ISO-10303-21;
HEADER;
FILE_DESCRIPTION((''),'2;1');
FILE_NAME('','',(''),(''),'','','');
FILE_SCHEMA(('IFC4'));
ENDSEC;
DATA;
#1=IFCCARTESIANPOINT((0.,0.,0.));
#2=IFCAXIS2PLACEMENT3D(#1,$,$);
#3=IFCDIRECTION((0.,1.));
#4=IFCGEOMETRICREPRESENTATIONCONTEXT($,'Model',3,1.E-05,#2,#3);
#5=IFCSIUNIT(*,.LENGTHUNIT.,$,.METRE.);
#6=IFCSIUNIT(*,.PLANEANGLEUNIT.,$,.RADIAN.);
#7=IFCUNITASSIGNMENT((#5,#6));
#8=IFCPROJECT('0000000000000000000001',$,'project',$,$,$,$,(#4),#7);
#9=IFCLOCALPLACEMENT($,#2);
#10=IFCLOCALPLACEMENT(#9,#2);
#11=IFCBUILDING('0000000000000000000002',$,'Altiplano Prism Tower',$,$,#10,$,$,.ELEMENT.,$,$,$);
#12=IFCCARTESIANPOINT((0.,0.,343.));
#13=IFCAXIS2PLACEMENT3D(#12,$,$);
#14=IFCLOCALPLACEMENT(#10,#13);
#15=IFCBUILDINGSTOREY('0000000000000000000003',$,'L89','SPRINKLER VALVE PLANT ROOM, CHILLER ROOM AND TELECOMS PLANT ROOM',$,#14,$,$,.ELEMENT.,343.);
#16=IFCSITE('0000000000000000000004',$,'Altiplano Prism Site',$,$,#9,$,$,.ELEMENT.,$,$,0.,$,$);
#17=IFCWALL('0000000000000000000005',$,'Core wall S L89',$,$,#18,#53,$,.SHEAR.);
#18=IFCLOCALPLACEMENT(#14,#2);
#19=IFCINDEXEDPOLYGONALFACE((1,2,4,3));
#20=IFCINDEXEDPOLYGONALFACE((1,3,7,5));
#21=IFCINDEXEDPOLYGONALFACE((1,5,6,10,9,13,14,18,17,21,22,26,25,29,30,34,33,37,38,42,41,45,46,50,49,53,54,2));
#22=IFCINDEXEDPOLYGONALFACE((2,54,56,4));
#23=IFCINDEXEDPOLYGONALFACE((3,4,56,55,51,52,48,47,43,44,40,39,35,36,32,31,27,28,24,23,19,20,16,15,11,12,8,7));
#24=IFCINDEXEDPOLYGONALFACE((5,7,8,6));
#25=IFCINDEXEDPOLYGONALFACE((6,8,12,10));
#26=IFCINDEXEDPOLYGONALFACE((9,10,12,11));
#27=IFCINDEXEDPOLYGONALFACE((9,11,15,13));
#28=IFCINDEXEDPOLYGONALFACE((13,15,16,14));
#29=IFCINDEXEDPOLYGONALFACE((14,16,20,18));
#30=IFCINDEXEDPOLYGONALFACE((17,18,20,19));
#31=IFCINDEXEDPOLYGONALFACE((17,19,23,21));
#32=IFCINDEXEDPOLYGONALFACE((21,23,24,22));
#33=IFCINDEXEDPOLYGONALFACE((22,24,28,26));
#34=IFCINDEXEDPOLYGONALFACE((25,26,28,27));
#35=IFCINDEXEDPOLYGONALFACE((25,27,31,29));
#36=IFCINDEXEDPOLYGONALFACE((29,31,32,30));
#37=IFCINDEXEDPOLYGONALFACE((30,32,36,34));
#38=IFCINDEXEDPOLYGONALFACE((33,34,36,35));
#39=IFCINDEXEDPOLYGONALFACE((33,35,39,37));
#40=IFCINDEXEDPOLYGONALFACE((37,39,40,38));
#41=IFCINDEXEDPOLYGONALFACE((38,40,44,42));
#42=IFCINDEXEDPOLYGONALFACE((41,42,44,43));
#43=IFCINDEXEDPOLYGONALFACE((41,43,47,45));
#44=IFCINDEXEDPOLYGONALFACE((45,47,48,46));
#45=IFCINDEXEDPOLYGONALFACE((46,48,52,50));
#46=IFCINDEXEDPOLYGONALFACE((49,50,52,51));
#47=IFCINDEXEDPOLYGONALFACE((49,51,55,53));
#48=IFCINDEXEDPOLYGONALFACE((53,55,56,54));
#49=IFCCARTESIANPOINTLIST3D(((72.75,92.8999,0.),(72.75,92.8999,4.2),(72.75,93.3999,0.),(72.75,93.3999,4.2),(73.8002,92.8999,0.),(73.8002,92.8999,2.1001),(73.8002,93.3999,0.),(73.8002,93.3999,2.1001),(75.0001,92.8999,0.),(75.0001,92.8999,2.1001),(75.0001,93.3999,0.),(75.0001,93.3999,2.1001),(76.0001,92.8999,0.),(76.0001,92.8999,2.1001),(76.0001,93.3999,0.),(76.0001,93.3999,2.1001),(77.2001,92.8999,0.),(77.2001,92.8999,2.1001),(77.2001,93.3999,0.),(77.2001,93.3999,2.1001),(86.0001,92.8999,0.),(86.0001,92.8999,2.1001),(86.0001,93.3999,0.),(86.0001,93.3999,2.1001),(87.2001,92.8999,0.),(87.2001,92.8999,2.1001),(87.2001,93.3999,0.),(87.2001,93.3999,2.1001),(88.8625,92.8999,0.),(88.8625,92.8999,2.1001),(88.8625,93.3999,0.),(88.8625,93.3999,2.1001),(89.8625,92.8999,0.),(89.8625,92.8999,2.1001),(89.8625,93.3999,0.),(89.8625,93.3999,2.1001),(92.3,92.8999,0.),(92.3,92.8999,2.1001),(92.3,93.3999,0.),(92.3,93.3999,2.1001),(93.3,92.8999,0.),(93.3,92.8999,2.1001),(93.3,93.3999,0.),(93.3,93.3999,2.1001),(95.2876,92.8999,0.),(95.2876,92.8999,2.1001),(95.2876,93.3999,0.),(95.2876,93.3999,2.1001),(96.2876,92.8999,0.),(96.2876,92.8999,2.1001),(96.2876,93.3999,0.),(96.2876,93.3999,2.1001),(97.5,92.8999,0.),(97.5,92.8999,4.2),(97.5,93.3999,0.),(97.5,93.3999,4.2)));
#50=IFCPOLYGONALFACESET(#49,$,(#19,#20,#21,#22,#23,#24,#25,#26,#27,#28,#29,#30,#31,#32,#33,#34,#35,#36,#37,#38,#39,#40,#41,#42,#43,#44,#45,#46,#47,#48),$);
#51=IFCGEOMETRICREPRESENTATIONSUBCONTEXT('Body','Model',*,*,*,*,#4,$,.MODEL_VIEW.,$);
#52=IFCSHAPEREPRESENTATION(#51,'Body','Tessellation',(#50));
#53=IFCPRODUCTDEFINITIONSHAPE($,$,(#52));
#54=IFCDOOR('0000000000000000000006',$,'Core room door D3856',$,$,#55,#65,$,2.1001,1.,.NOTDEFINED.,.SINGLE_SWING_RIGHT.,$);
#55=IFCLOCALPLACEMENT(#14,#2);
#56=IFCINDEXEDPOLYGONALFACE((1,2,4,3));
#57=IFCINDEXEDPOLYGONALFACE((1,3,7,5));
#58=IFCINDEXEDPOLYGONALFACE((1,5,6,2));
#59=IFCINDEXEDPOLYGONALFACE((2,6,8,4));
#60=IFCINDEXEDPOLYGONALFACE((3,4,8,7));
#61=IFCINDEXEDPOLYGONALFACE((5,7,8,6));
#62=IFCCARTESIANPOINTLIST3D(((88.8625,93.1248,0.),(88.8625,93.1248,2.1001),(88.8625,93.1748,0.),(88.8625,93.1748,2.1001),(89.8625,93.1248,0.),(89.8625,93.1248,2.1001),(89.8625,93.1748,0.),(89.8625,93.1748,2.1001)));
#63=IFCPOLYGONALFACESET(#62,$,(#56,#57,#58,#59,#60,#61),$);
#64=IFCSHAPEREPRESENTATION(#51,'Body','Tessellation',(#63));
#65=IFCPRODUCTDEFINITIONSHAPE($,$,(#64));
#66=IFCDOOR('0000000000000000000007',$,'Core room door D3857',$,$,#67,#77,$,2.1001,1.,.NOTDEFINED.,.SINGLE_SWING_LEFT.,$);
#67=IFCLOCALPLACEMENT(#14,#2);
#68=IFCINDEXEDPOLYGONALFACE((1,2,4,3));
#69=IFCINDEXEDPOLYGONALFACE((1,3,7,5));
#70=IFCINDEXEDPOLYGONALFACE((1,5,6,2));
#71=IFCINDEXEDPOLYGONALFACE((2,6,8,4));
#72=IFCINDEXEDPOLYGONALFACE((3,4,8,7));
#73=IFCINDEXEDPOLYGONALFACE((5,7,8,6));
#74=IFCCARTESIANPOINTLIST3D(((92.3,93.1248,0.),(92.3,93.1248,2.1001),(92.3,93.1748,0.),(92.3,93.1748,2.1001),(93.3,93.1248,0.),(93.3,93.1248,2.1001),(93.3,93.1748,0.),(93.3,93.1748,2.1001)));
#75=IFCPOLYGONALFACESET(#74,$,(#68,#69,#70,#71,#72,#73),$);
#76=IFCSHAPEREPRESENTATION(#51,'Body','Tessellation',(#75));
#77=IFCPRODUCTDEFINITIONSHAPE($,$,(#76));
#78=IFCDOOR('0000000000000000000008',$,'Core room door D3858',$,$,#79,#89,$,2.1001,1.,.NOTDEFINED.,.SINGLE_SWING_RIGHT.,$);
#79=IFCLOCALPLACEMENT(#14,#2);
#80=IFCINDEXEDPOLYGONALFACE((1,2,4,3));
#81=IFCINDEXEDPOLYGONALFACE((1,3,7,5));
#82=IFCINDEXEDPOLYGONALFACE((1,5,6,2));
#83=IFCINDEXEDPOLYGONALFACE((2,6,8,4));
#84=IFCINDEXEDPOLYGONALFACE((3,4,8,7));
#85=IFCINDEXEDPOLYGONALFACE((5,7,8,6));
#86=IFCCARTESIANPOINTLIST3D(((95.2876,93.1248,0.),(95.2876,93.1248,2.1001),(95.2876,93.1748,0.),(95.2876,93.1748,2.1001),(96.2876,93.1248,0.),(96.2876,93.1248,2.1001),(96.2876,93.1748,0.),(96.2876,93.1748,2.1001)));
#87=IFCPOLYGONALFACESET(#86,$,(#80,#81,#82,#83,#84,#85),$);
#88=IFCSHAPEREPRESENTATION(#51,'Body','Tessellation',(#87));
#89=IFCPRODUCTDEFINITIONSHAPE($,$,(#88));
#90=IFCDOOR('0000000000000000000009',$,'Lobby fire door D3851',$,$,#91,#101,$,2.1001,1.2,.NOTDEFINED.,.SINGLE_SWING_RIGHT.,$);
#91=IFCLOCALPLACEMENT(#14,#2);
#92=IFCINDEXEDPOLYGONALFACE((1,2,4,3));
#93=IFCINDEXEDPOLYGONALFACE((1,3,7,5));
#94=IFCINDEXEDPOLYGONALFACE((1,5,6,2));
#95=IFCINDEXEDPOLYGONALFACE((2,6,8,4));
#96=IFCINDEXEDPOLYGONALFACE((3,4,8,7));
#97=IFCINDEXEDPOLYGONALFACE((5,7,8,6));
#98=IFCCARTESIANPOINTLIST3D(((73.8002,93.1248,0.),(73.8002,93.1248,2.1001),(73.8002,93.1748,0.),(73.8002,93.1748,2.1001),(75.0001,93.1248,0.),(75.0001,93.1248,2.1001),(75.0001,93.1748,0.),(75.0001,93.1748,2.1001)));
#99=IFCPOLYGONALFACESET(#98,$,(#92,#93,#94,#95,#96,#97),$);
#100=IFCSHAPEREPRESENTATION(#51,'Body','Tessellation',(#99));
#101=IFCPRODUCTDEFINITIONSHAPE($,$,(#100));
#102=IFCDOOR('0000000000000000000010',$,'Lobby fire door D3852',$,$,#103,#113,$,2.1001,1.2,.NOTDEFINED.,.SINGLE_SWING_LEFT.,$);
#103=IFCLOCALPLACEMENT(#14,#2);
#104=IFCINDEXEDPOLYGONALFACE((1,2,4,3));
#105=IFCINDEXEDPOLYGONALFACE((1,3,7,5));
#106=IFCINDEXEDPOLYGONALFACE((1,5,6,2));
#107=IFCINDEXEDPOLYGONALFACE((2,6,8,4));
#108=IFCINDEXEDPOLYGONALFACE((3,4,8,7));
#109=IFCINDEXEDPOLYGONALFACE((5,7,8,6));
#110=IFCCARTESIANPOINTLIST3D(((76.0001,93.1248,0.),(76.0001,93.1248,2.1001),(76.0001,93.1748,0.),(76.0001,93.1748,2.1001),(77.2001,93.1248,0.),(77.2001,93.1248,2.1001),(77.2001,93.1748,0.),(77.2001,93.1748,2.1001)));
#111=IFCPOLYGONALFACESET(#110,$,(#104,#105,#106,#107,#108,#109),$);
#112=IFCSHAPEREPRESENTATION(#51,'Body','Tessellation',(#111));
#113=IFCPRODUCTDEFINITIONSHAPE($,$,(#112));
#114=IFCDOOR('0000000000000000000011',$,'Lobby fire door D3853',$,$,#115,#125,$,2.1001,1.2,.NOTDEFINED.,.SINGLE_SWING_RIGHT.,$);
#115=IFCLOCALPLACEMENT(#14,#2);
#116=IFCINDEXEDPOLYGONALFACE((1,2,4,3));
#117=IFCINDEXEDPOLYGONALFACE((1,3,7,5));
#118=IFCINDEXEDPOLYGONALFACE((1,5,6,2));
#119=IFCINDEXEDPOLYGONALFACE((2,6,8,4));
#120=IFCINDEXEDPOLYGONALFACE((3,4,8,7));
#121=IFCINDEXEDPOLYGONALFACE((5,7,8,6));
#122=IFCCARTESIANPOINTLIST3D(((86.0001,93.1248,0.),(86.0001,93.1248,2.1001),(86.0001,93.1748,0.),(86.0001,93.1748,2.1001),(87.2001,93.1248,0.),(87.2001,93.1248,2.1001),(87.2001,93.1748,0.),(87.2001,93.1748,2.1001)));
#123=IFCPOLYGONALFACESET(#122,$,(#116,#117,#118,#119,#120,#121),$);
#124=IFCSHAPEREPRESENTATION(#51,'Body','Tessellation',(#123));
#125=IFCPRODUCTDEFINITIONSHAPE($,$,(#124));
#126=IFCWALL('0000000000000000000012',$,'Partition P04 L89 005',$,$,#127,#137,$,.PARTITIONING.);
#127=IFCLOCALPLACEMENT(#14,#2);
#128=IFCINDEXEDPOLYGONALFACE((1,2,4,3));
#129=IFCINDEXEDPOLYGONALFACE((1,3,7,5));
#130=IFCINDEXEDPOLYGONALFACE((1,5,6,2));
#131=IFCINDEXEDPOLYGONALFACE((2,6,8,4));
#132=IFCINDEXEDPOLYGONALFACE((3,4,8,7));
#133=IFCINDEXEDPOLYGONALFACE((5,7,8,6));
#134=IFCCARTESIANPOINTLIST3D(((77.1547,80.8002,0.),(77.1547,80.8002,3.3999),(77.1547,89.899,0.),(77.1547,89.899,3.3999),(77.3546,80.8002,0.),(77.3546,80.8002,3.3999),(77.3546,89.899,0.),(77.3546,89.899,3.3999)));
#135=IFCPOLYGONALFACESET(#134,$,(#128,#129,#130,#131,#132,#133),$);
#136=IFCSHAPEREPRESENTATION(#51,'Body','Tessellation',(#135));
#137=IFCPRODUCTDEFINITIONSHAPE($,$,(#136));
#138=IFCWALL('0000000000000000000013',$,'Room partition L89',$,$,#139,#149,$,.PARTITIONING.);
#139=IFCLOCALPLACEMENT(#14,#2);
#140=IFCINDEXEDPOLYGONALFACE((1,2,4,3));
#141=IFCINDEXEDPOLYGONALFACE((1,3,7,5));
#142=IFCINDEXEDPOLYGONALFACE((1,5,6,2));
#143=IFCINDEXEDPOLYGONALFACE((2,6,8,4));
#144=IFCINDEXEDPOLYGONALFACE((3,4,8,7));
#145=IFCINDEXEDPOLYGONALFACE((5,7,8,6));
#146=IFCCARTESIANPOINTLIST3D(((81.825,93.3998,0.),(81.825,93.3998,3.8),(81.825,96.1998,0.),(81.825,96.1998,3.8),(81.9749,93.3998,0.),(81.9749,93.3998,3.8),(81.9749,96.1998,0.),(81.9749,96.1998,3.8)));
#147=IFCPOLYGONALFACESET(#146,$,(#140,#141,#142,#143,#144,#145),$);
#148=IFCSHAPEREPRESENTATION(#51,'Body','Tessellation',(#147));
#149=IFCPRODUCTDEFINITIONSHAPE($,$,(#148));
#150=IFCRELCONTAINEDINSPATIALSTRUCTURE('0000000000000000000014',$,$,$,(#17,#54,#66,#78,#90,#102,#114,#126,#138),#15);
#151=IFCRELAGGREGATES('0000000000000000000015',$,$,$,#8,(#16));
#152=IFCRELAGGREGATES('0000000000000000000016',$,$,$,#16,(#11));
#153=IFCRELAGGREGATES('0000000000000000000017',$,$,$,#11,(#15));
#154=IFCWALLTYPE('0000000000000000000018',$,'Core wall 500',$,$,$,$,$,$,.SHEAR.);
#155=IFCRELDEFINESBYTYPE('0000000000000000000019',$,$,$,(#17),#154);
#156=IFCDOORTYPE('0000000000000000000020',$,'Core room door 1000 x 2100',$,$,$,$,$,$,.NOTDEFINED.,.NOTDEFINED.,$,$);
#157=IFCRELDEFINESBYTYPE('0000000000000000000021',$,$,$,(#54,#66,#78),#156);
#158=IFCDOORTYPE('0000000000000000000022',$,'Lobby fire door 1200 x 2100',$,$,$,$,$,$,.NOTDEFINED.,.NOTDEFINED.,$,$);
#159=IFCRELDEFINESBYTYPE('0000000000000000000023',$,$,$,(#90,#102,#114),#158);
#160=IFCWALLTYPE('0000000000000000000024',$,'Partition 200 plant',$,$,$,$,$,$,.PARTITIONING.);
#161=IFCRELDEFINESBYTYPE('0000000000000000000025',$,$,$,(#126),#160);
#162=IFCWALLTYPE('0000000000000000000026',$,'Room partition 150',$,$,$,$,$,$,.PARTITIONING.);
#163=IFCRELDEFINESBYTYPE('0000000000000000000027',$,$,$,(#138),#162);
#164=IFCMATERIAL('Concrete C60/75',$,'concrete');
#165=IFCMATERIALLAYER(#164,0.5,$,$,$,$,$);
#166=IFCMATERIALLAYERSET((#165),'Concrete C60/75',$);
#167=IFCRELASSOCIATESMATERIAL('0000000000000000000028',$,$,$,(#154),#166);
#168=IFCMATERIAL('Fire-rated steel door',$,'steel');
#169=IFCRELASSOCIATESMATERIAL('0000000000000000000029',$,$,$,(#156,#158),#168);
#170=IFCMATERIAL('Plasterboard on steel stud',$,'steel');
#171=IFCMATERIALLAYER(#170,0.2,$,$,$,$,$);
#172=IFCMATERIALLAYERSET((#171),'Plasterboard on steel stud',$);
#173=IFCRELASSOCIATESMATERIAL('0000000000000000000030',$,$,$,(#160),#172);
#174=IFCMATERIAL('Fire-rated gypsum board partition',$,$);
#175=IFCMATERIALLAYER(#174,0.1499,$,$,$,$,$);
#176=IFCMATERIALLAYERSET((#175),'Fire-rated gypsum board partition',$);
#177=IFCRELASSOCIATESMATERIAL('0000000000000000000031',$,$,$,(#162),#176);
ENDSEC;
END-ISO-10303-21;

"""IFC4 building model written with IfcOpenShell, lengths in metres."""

from ifc_helpers import new_model, si_unit, direction, frame, frame_2d, origin, place, context, subcontext, project, spatial, rectangle, extrude, material, layer, layer_set, type_object, element, fill, save


model = new_model("IFC4")

# Units and contexts
model_context = context("Model", 3, precision=1e-05, world=origin(), true_north=direction((0.0, 1.0)))
body_context = subcontext(model_context, "Body", "Model", "MODEL_VIEW")
ifc_project = project(units=[si_unit("LENGTHUNIT", "METRE"), si_unit("PLANEANGLEUNIT", "RADIAN")], contexts=[model_context])

# Site, building, storey
site_placement = place(None, origin())
site = spatial("IfcSite", under=ifc_project, at=site_placement, Name="Altiplano Prism Site", CompositionType="ELEMENT", RefElevation=0.0)
building_placement = place(site_placement, origin())
building = spatial("IfcBuilding", under=site, at=building_placement, Name="Altiplano Prism Tower", CompositionType="ELEMENT")
storey_placement = place(building_placement, frame((0.0, 0.0, 343.0)))
storey = spatial("IfcBuildingStorey", under=building, at=storey_placement, Name="L89", Description="SPRINKLER VALVE PLANT ROOM, CHILLER ROOM AND TELECOMS PLANT ROOM", CompositionType="ELEMENT", Elevation=343.0)

# Shared definitions
ifc_material_1 = material(Name="Concrete C60/75", Category="concrete")

# Wall, openings, doors
ifc_layer_1 = layer(ifc_material_1, 0.5)
ifc_layer_set_1 = layer_set([ifc_layer_1], Name="Concrete C60/75")
wall_type_1 = type_object("IfcWallType", Name="Core wall 500", PredefinedType="SHEAR", material=ifc_layer_set_1)
wall_1_placement = place(storey_placement, frame((72.75, 93.1499, 0.0), z_axis=(0.0, 0.0, 1.0), x_axis=(1.0, 0.0, 0.0)))
wall_1 = element("IfcWall", 1, at=wall_1_placement, inside=storey, type_object=wall_type_1, Name="Core wall S L89", PredefinedType="SHEAR", context=body_context, shape_type="SweptSolid", body=[
    extrude(rectangle(XDim=24.75, YDim=0.5, at=frame_2d((12.375, 0.0))), origin(), (0.0, 0.0, 1.0), 4.2),
])
opening_1_placement = place(wall_1_placement, frame((1.05, 0.0, 0.0)))
opening_1 = element("IfcOpeningElement", 2, at=opening_1_placement, cuts=wall_1, PredefinedType="OPENING", context=body_context, shape_type="SweptSolid", body=[
    extrude(rectangle(XDim=1.2, YDim=2.1001, at=frame_2d((0.6001, 1.05))), frame((0.0, 0.2605, 0.0), z_axis=(0.0, -1.0, 0.0), x_axis=(1.0, 0.0, 0.0)), (0.0, 0.0, 1.0), 0.521),
])
opening_2_placement = place(wall_1_placement, frame((3.25, 0.0, 0.0)))
opening_2 = element("IfcOpeningElement", 3, at=opening_2_placement, cuts=wall_1, PredefinedType="OPENING", context=body_context, shape_type="SweptSolid", body=[
    extrude(rectangle(XDim=1.2, YDim=2.1001, at=frame_2d((0.6001, 1.05))), frame((0.0, 0.2605, 0.0), z_axis=(0.0, -1.0, 0.0), x_axis=(1.0, 0.0, 0.0)), (0.0, 0.0, 1.0), 0.521),
])
opening_3_placement = place(wall_1_placement, frame((13.25, 0.0, 0.0)))
opening_3 = element("IfcOpeningElement", 4, at=opening_3_placement, cuts=wall_1, PredefinedType="OPENING", context=body_context, shape_type="SweptSolid", body=[
    extrude(rectangle(XDim=1.2, YDim=2.1001, at=frame_2d((0.6001, 1.05))), frame((0.0, 0.2605, 0.0), z_axis=(0.0, -1.0, 0.0), x_axis=(1.0, 0.0, 0.0)), (0.0, 0.0, 1.0), 0.521),
])
opening_4_placement = place(wall_1_placement, frame((16.1125, 0.0, 0.0)))
opening_4 = element("IfcOpeningElement", 5, at=opening_4_placement, cuts=wall_1, PredefinedType="OPENING", context=body_context, shape_type="SweptSolid", body=[
    extrude(rectangle(XDim=1.0, YDim=2.1001, at=frame_2d((0.5, 1.05))), frame((0.0, 0.2605, 0.0), z_axis=(0.0, -1.0, 0.0), x_axis=(1.0, 0.0, 0.0)), (0.0, 0.0, 1.0), 0.521),
])
opening_5_placement = place(wall_1_placement, frame((19.55, 0.0, 0.0)))
opening_5 = element("IfcOpeningElement", 6, at=opening_5_placement, cuts=wall_1, PredefinedType="OPENING", context=body_context, shape_type="SweptSolid", body=[
    extrude(rectangle(XDim=1.0, YDim=2.1001, at=frame_2d((0.5, 1.05))), frame((0.0, 0.2605, 0.0), z_axis=(0.0, -1.0, 0.0), x_axis=(1.0, 0.0, 0.0)), (0.0, 0.0, 1.0), 0.521),
])
opening_6_placement = place(wall_1_placement, frame((22.5376, 0.0, 0.0)))
opening_6 = element("IfcOpeningElement", 7, at=opening_6_placement, cuts=wall_1, PredefinedType="OPENING", context=body_context, shape_type="SweptSolid", body=[
    extrude(rectangle(XDim=1.0, YDim=2.1001, at=frame_2d((0.5, 1.05))), frame((0.0, 0.2605, 0.0), z_axis=(0.0, -1.0, 0.0), x_axis=(1.0, 0.0, 0.0)), (0.0, 0.0, 1.0), 0.521),
])
ifc_material_2 = material(Name="Fire-rated steel door", Category="steel")
door_type_1 = type_object("IfcDoorType", Name="Core room door 1000 x 2100", OperationType="NOTDEFINED", PredefinedType="NOTDEFINED", material=ifc_material_2)
door_1_placement = place(opening_4_placement, origin())
door_1 = element("IfcDoor", 8, at=door_1_placement, inside=storey, type_object=door_type_1, Name="Core room door D3856", OperationType="SINGLE_SWING_RIGHT", OverallHeight=2.1001, OverallWidth=1.0, PredefinedType="NOTDEFINED", context=body_context, shape_type="SweptSolid", body=[
    extrude(rectangle(XDim=1.0, YDim=2.1001, at=frame_2d((0.5, 1.05))), frame((0.0, 0.0249, 0.0), z_axis=(0.0, -1.0, 0.0), x_axis=(1.0, 0.0, 0.0)), (0.0, 0.0, 1.0), 0.05),
])
fill(opening_4, door_1)
door_2_placement = place(opening_5_placement, origin())
door_2 = element("IfcDoor", 9, at=door_2_placement, inside=storey, type_object=door_type_1, Name="Core room door D3857", OperationType="SINGLE_SWING_LEFT", OverallHeight=2.1001, OverallWidth=1.0, PredefinedType="NOTDEFINED", context=body_context, shape_type="SweptSolid", body=[
    extrude(rectangle(XDim=1.0, YDim=2.1001, at=frame_2d((0.5, 1.05))), frame((0.0, 0.0249, 0.0), z_axis=(0.0, -1.0, 0.0), x_axis=(1.0, 0.0, 0.0)), (0.0, 0.0, 1.0), 0.05),
])
fill(opening_5, door_2)
door_3_placement = place(opening_6_placement, origin())
door_3 = element("IfcDoor", 10, at=door_3_placement, inside=storey, type_object=door_type_1, Name="Core room door D3858", OperationType="SINGLE_SWING_RIGHT", OverallHeight=2.1001, OverallWidth=1.0, PredefinedType="NOTDEFINED", context=body_context, shape_type="SweptSolid", body=[
    extrude(rectangle(XDim=1.0, YDim=2.1001, at=frame_2d((0.5, 1.05))), frame((0.0, 0.0249, 0.0), z_axis=(0.0, -1.0, 0.0), x_axis=(1.0, 0.0, 0.0)), (0.0, 0.0, 1.0), 0.05),
])
fill(opening_6, door_3)
door_type_2 = type_object("IfcDoorType", Name="Lobby fire door 1200 x 2100", OperationType="NOTDEFINED", PredefinedType="NOTDEFINED", material=ifc_material_2)
door_4_placement = place(opening_1_placement, origin())
door_4 = element("IfcDoor", 11, at=door_4_placement, inside=storey, type_object=door_type_2, Name="Lobby fire door D3851", OperationType="SINGLE_SWING_RIGHT", OverallHeight=2.1001, OverallWidth=1.2, PredefinedType="NOTDEFINED", context=body_context, shape_type="SweptSolid", body=[
    extrude(rectangle(XDim=1.2, YDim=2.1001, at=frame_2d((0.6001, 1.05))), frame((0.0, 0.0249, 0.0), z_axis=(0.0, -1.0, 0.0), x_axis=(1.0, 0.0, 0.0)), (0.0, 0.0, 1.0), 0.05),
])
fill(opening_1, door_4)
door_5_placement = place(opening_2_placement, origin())
door_5 = element("IfcDoor", 12, at=door_5_placement, inside=storey, type_object=door_type_2, Name="Lobby fire door D3852", OperationType="SINGLE_SWING_LEFT", OverallHeight=2.1001, OverallWidth=1.2, PredefinedType="NOTDEFINED", context=body_context, shape_type="SweptSolid", body=[
    extrude(rectangle(XDim=1.2, YDim=2.1001, at=frame_2d((0.6001, 1.05))), frame((0.0, 0.0249, 0.0), z_axis=(0.0, -1.0, 0.0), x_axis=(1.0, 0.0, 0.0)), (0.0, 0.0, 1.0), 0.05),
])
fill(opening_2, door_5)
door_6_placement = place(opening_3_placement, origin())
door_6 = element("IfcDoor", 13, at=door_6_placement, inside=storey, type_object=door_type_2, Name="Lobby fire door D3853", OperationType="SINGLE_SWING_RIGHT", OverallHeight=2.1001, OverallWidth=1.2, PredefinedType="NOTDEFINED", context=body_context, shape_type="SweptSolid", body=[
    extrude(rectangle(XDim=1.2, YDim=2.1001, at=frame_2d((0.6001, 1.05))), frame((0.0, 0.0249, 0.0), z_axis=(0.0, -1.0, 0.0), x_axis=(1.0, 0.0, 0.0)), (0.0, 0.0, 1.0), 0.05),
])
fill(opening_3, door_6)

# Walls
ifc_material_3 = material(Name="Plasterboard on steel stud", Category="steel")
ifc_layer_2 = layer(ifc_material_3, 0.2)
ifc_layer_set_2 = layer_set([ifc_layer_2], Name="Plasterboard on steel stud")
wall_type_2 = type_object("IfcWallType", Name="Partition 200 plant", PredefinedType="PARTITIONING", material=ifc_layer_set_2)
wall_2_placement = place(storey_placement, frame((77.2546, 89.8989, 0.0), z_axis=(0.0, 0.0, 1.0), x_axis=(0.0, -1.0, 0.0)))
element("IfcWall", 14, at=wall_2_placement, inside=storey, type_object=wall_type_2, Name="Partition P04 L89 005", PredefinedType="PARTITIONING", context=body_context, shape_type="SweptSolid", body=[
    extrude(rectangle(XDim=9.0989, YDim=0.2, at=frame_2d((4.5493, 0.0))), origin(), (0.0, 0.0, 1.0), 3.3999),
])
ifc_material_4 = material(Name="Fire-rated gypsum board partition")
ifc_layer_3 = layer(ifc_material_4, 0.1499)
ifc_layer_set_3 = layer_set([ifc_layer_3], Name="Fire-rated gypsum board partition")
wall_type_3 = type_object("IfcWallType", Name="Room partition 150", PredefinedType="PARTITIONING", material=ifc_layer_set_3)
wall_3_placement = place(storey_placement, frame((81.8999, 93.3999, 0.0), z_axis=(0.0, 0.0, 1.0), x_axis=(0.0, 1.0, 0.0)))
element("IfcWall", 15, at=wall_3_placement, inside=storey, type_object=wall_type_3, Name="Room partition L89", PredefinedType="PARTITIONING", context=body_context, shape_type="SweptSolid", body=[
    extrude(rectangle(XDim=2.8, YDim=0.1499, at=frame_2d((1.3999, 0.0))), origin(), (0.0, 0.0, 1.0), 3.8),
])

save(model, "model.ifc")
